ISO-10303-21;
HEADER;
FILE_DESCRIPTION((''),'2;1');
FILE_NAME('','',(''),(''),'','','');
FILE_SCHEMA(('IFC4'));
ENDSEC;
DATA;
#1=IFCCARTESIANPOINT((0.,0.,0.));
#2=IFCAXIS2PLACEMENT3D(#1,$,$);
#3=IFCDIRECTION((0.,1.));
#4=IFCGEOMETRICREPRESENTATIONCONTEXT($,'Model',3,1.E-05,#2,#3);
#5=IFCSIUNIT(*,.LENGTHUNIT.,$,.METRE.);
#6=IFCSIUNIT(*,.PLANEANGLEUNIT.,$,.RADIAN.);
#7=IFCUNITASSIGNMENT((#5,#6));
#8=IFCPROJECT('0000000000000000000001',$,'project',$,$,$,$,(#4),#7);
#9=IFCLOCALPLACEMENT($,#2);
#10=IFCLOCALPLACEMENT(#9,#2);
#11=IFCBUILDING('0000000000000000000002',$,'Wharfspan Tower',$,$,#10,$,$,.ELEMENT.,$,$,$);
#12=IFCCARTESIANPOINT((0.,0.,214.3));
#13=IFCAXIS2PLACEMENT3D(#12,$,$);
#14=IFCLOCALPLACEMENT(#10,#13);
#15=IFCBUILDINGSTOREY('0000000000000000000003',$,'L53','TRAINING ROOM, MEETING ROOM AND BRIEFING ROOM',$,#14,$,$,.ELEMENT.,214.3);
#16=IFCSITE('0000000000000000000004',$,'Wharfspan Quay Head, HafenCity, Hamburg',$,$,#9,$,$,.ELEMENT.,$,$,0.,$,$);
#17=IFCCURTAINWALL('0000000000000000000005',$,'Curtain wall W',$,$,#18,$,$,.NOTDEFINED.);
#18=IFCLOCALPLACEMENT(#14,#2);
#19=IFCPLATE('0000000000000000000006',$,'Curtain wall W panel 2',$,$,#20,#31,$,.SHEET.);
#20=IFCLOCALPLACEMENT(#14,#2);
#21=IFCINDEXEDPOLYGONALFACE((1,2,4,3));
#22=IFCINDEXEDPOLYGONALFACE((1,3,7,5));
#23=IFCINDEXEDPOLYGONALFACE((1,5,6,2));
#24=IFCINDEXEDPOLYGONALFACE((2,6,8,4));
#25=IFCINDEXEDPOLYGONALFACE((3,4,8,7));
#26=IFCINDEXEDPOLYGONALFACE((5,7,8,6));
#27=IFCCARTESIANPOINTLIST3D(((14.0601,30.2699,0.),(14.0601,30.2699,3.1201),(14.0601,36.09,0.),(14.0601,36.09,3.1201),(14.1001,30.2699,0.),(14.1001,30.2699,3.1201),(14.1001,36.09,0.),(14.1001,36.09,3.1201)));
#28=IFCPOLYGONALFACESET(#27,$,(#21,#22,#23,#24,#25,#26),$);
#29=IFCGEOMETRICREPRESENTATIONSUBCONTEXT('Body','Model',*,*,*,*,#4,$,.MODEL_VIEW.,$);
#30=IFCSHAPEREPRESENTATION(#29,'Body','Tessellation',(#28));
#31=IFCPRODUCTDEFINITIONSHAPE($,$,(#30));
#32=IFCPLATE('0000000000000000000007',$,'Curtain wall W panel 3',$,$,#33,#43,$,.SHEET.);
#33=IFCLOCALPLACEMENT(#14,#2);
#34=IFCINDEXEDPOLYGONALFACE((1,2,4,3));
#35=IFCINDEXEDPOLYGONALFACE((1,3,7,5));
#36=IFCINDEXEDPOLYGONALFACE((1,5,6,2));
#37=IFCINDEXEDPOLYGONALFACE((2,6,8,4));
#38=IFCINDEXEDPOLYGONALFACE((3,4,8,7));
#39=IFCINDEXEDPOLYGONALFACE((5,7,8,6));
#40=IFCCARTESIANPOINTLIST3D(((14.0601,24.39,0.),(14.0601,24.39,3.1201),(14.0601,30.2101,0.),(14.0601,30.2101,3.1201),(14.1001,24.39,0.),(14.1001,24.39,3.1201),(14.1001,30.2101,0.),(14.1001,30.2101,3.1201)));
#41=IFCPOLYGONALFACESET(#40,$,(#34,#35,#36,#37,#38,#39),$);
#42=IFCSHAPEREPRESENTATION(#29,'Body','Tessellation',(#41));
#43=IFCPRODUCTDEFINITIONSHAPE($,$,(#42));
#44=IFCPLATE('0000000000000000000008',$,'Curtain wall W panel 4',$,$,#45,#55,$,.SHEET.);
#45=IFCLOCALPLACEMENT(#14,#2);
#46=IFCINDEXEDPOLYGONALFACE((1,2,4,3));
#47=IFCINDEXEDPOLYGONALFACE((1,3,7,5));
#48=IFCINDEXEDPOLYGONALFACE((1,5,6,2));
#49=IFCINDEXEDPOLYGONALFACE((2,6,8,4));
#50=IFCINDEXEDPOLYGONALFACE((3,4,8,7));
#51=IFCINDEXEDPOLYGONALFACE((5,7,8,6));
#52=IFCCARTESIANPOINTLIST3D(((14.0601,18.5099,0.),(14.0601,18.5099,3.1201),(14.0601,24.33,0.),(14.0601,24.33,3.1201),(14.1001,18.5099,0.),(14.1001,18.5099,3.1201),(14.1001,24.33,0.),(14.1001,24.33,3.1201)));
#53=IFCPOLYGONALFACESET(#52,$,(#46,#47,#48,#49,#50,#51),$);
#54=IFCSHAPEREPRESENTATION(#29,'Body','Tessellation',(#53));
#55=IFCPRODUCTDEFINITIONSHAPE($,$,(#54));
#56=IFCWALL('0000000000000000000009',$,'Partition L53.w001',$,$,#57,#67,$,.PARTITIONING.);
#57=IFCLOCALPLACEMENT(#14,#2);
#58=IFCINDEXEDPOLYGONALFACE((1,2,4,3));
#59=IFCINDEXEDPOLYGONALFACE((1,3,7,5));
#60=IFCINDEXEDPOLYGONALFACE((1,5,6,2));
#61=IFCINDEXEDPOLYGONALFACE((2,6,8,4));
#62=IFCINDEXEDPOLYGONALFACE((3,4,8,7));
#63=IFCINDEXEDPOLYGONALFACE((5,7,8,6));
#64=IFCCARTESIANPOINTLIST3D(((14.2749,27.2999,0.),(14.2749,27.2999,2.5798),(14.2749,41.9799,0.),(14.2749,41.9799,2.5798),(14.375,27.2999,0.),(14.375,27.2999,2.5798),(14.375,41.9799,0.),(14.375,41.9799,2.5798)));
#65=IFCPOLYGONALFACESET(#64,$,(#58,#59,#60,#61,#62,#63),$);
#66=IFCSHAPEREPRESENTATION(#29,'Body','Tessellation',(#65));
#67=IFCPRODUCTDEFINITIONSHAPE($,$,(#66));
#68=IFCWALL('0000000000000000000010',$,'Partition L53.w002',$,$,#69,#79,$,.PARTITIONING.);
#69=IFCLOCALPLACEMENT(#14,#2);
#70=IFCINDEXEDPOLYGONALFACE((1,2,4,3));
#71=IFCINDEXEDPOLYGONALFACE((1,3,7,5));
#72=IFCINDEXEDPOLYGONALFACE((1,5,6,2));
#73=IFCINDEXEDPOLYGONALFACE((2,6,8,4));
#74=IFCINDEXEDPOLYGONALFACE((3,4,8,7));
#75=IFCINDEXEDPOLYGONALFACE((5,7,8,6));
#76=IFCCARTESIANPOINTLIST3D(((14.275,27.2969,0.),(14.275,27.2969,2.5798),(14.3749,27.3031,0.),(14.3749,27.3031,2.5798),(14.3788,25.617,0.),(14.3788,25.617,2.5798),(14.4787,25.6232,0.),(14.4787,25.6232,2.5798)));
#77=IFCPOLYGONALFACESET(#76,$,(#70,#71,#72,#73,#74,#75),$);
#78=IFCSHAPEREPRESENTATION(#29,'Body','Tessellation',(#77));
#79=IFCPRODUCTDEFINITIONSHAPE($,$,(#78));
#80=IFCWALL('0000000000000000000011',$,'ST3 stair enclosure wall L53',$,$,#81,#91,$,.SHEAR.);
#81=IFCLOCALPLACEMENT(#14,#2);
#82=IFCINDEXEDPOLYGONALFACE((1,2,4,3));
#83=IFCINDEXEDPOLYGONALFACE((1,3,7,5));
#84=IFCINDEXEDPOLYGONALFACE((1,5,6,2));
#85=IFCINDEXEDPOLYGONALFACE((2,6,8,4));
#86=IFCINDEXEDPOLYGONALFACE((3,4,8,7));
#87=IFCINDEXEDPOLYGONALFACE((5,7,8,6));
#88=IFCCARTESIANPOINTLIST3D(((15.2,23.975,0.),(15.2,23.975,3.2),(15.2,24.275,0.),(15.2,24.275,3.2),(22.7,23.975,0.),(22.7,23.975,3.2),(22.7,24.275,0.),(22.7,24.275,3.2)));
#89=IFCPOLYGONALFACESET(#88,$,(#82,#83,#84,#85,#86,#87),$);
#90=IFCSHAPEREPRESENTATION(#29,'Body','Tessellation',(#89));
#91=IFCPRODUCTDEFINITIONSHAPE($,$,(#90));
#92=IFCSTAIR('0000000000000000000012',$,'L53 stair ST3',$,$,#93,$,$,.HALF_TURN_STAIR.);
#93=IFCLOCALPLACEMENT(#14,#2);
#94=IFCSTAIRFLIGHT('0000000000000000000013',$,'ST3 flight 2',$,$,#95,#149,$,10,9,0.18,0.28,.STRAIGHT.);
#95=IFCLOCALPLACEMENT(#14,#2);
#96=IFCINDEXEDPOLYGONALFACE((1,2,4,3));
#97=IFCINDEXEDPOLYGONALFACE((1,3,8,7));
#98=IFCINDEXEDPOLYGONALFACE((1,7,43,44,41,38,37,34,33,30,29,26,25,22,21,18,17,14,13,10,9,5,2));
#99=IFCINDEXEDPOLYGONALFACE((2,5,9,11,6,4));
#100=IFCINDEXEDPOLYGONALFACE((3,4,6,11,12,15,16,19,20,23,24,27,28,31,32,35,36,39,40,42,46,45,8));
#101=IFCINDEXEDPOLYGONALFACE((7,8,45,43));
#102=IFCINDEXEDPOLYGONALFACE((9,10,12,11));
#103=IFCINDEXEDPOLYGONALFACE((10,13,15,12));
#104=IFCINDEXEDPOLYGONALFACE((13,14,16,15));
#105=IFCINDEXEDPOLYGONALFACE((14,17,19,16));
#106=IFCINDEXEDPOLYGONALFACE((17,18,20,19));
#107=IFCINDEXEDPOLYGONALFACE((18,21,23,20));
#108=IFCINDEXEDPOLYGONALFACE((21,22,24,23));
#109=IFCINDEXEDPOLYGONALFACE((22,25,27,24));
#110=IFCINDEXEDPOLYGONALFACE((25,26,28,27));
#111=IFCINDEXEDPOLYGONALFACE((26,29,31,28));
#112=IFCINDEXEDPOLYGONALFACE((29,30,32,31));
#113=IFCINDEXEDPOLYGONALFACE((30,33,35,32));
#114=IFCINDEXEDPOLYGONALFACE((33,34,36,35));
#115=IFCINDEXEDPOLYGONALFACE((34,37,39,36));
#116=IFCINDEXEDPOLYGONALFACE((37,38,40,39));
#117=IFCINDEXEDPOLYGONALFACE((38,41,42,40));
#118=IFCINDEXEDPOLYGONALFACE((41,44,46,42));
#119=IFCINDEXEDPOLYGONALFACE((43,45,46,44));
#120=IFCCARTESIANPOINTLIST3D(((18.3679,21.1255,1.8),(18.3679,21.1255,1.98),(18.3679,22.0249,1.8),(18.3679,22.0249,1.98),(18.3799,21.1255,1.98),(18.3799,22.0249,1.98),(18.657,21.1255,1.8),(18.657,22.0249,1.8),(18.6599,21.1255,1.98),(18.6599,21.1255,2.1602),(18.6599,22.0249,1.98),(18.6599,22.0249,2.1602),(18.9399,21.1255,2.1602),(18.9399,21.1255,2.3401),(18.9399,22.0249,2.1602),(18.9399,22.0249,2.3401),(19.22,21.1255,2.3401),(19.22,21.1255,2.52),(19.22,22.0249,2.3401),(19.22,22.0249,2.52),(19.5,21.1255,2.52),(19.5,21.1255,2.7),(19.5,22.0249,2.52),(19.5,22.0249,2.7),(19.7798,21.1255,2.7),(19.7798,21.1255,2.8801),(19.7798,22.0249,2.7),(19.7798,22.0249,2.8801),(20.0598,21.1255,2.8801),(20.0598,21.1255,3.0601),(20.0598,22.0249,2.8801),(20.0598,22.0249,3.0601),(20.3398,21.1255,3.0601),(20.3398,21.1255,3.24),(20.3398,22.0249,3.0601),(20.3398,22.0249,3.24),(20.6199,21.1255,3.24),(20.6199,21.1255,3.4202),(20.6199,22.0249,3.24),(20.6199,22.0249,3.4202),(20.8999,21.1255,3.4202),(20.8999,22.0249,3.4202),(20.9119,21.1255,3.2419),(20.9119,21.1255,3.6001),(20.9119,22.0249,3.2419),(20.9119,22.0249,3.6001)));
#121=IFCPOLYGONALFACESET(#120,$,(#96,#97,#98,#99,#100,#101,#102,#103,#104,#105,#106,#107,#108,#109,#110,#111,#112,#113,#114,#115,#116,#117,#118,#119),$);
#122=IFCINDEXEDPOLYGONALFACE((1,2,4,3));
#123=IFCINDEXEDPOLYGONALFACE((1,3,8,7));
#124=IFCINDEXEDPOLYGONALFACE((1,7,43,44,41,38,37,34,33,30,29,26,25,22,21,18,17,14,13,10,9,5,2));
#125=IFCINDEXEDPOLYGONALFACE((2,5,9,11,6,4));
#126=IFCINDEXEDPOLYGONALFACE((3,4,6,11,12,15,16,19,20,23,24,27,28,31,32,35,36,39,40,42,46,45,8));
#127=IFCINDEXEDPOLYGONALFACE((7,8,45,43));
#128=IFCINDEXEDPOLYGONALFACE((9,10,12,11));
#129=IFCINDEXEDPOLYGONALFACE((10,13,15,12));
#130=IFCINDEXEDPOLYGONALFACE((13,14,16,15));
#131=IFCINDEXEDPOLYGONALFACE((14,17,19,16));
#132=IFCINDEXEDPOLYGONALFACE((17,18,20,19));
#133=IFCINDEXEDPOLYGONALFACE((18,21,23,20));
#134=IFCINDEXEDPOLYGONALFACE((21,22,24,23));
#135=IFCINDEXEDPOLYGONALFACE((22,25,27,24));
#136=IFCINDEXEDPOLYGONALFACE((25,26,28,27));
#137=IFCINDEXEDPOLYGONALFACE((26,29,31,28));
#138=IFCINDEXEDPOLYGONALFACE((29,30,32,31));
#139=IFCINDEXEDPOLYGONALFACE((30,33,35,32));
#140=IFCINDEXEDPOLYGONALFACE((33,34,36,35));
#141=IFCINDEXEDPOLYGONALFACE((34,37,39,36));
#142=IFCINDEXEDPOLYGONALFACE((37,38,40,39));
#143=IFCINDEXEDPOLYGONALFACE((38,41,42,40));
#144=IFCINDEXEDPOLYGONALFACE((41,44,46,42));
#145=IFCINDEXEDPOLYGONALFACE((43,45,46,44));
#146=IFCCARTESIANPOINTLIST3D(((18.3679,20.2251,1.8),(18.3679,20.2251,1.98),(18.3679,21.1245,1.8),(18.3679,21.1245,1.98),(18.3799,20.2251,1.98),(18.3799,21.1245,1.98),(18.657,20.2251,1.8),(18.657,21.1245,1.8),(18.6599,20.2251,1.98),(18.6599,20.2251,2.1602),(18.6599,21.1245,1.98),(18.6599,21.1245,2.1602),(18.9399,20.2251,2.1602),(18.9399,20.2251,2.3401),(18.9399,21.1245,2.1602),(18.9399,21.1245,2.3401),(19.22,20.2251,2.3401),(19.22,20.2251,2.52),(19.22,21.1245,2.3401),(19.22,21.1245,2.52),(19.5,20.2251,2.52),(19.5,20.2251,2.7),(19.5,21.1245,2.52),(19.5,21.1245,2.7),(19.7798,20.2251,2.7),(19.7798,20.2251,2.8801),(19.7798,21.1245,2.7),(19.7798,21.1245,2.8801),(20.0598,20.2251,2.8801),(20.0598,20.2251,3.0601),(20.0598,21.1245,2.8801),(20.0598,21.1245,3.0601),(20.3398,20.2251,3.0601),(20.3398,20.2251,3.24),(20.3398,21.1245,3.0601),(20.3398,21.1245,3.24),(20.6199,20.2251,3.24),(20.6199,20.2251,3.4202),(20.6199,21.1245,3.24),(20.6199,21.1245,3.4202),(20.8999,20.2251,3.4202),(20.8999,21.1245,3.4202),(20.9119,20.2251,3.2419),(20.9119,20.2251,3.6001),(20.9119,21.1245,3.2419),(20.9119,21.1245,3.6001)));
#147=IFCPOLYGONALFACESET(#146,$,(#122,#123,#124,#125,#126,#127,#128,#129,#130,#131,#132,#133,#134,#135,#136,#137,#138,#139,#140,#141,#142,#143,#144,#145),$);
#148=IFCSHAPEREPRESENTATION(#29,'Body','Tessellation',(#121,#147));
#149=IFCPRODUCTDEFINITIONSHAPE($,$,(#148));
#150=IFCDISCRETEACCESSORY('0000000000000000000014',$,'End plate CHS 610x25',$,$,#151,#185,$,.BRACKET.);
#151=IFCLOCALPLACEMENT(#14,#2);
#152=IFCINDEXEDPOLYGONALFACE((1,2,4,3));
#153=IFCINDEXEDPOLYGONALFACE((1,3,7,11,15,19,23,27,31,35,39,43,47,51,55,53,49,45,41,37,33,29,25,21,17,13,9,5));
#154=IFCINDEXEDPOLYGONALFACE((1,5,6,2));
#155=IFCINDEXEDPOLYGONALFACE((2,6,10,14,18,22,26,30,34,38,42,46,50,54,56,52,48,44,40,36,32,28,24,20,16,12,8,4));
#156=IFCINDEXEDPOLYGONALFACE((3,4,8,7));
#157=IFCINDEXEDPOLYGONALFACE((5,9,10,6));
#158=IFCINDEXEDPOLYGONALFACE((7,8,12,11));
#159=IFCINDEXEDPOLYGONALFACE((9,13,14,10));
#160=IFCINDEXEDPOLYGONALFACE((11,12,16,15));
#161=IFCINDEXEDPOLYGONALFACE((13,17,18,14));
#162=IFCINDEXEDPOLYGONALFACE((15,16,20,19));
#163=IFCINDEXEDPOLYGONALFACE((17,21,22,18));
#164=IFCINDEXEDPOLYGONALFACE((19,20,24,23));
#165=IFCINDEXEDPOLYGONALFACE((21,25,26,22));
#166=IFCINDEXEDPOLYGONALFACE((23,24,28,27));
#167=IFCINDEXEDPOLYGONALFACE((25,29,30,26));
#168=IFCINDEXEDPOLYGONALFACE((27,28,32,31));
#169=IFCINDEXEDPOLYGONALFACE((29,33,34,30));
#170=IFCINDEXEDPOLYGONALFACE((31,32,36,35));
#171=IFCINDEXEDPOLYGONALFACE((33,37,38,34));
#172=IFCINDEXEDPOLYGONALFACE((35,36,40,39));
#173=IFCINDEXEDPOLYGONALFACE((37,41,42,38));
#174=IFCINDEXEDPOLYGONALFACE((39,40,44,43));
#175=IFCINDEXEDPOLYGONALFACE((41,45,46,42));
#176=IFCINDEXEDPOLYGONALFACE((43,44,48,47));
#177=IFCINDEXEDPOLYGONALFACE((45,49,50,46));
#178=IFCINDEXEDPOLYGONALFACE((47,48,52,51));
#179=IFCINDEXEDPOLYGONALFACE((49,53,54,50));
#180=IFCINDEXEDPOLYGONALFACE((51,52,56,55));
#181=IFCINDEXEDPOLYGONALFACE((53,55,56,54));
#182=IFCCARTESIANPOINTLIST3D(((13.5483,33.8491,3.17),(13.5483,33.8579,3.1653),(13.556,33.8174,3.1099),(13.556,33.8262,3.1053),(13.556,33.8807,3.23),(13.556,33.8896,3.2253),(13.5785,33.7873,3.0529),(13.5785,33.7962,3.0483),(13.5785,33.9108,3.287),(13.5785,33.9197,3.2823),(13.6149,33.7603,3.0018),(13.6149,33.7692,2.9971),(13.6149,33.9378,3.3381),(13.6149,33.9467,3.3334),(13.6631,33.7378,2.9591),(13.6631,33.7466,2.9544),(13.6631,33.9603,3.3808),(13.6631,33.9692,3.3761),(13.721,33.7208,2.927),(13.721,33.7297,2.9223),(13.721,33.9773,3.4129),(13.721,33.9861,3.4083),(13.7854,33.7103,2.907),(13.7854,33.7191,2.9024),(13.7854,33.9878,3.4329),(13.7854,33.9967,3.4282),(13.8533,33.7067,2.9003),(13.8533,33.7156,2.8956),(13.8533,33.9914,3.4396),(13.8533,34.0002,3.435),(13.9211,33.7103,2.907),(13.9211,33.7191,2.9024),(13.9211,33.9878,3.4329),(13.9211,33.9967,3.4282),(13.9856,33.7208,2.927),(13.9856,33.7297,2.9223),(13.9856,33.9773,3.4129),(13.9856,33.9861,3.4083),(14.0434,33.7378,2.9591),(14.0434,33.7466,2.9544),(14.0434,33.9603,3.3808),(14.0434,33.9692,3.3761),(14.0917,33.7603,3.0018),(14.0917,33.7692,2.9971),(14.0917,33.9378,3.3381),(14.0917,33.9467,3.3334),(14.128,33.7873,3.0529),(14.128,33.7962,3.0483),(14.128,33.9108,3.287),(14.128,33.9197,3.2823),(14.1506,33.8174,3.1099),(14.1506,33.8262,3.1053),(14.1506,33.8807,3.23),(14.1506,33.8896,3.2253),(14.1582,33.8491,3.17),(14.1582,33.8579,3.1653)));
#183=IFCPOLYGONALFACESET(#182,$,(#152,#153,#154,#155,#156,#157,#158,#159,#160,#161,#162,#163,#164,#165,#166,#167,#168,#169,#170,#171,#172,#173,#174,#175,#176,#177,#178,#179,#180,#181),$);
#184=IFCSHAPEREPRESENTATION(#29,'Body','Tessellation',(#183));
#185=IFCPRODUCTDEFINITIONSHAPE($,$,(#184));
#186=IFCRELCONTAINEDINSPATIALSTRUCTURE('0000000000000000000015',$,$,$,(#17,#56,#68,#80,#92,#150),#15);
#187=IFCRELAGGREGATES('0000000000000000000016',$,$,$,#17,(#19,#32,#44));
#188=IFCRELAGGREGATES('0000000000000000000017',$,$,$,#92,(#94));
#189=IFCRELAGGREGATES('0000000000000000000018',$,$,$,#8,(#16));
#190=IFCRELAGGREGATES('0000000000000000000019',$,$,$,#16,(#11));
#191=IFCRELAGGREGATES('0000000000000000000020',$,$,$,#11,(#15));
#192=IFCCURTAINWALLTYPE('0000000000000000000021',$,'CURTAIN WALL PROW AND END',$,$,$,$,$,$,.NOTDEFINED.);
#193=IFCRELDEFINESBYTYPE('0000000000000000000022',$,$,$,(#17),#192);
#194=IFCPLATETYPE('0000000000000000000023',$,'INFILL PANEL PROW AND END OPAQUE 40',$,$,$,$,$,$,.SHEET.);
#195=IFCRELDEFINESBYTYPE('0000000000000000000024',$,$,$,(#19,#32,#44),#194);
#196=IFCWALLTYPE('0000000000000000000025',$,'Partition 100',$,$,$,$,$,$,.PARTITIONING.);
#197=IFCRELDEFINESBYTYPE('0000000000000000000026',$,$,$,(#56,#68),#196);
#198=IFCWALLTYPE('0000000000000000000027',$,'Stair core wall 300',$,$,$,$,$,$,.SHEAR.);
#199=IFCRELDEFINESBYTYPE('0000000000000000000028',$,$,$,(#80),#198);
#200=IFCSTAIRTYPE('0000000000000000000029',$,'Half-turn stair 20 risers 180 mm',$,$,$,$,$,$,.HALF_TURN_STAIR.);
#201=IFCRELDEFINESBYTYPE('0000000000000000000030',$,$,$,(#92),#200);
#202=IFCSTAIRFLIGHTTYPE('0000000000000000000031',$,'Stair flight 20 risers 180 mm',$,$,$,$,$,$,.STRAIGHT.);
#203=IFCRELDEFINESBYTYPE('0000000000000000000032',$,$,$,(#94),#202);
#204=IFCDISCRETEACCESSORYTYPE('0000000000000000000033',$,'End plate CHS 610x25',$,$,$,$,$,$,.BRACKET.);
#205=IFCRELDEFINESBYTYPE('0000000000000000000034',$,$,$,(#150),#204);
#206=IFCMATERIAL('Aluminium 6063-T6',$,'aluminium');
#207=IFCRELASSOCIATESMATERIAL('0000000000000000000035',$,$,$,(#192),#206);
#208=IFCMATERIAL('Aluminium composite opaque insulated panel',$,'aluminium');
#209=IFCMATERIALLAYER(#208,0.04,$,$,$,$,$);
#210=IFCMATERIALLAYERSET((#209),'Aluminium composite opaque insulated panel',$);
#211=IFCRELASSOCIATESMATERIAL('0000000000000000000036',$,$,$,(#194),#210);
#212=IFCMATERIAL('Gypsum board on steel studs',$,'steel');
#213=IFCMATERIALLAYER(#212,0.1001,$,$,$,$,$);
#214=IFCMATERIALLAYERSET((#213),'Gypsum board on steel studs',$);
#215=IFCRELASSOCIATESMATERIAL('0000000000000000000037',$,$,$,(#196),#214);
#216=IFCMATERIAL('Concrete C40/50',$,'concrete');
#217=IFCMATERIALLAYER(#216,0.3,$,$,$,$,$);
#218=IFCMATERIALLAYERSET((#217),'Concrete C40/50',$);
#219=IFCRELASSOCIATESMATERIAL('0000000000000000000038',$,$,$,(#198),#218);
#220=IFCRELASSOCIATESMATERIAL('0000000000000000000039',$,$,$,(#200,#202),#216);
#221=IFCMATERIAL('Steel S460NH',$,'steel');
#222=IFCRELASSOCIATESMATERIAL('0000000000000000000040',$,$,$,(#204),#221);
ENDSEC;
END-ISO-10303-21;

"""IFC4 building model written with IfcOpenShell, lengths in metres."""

from ifc_helpers import new_model, si_unit, direction, frame, frame_2d, origin, origin_2d, place, context, subcontext, project, spatial, polyline, rectangle, circle, outline, extrude, material, layer, layer_set, material_profile, profile_set, type_object, element, aggregate, save


model = new_model("IFC4")

# Units and contexts
model_context = context("Model", 3, precision=1e-05, world=origin(), true_north=direction((0.0, 1.0)))
body_context = subcontext(model_context, "Body", "Model", "MODEL_VIEW")
ifc_project = project(units=[si_unit("LENGTHUNIT", "METRE"), si_unit("PLANEANGLEUNIT", "RADIAN")], contexts=[model_context])

# Site, building, storey
site_placement = place(None, origin())
site = spatial("IfcSite", under=ifc_project, at=site_placement, Name="Wharfspan Quay Head, HafenCity, Hamburg", CompositionType="ELEMENT", RefElevation=0.0)
building_placement = place(site_placement, origin())
building = spatial("IfcBuilding", under=site, at=building_placement, Name="Wharfspan Tower", CompositionType="ELEMENT")
storey_placement = place(building_placement, frame((0.0, 0.0, 214.3)))
storey = spatial("IfcBuildingStorey", under=building, at=storey_placement, Name="L53", Description="TRAINING ROOM, MEETING ROOM AND BRIEFING ROOM", CompositionType="ELEMENT", Elevation=214.3)

# Curtain wall
ifc_material_1 = material(Name="Aluminium 6063-T6", Category="aluminium")
curtain_wall_type = type_object("IfcCurtainWallType", Name="CURTAIN WALL PROW AND END", PredefinedType="NOTDEFINED", material=ifc_material_1)
curtain_wall_placement = place(storey_placement, origin())
curtain_wall = element("IfcCurtainWall", 1, at=curtain_wall_placement, inside=storey, type_object=curtain_wall_type, Name="Curtain wall W", PredefinedType="NOTDEFINED")

# Shared definitions
ifc_material_2 = material(Name="Steel S460NH", Category="steel")

# Plates
ifc_material_3 = material(Name="Aluminium composite opaque insulated panel", Category="aluminium")
ifc_layer_1 = layer(ifc_material_3, 0.04)
ifc_layer_set_1 = layer_set([ifc_layer_1], Name="Aluminium composite opaque insulated panel")
plate_type = type_object("IfcPlateType", Name="INFILL PANEL PROW AND END OPAQUE 40", PredefinedType="SHEET", material=ifc_layer_set_1)
plate_1_placement = place(storey_placement, frame((14.0801, 33.1799, 0.0), z_axis=(0.0, 0.0, 1.0), x_axis=(0.0, -1.0, 0.0)))
plate_1 = element("IfcPlate", 2, at=plate_1_placement, type_object=plate_type, Name="Curtain wall W panel 2", PredefinedType="SHEET", context=body_context, shape_type="SweptSolid", body=[
    extrude(rectangle(XDim=5.8201, YDim=0.04, at=origin_2d()), origin(), (0.0, 0.0, 1.0), 3.1201),
])
plate_2_placement = place(storey_placement, frame((14.0801, 27.3, 0.0), z_axis=(0.0, 0.0, 1.0), x_axis=(0.0, -1.0, 0.0)))
plate_2 = element("IfcPlate", 3, at=plate_2_placement, type_object=plate_type, Name="Curtain wall W panel 3", PredefinedType="SHEET", context=body_context, shape_type="SweptSolid", body=[
    extrude(rectangle(XDim=5.8201, YDim=0.04, at=origin_2d()), origin(), (0.0, 0.0, 1.0), 3.1201),
])
plate_3_placement = place(storey_placement, frame((14.0801, 21.4199, 0.0), z_axis=(0.0, 0.0, 1.0), x_axis=(0.0, -1.0, 0.0)))
plate_3 = element("IfcPlate", 4, at=plate_3_placement, type_object=plate_type, Name="Curtain wall W panel 4", PredefinedType="SHEET", context=body_context, shape_type="SweptSolid", body=[
    extrude(rectangle(XDim=5.8201, YDim=0.04, at=origin_2d()), origin(), (0.0, 0.0, 1.0), 3.1201),
])
aggregate(curtain_wall, [plate_1, plate_2, plate_3])

# Walls
ifc_material_4 = material(Name="Gypsum board on steel studs", Category="steel")
ifc_layer_2 = layer(ifc_material_4, 0.1001)
ifc_layer_set_2 = layer_set([ifc_layer_2], Name="Gypsum board on steel studs")
wall_type_1 = type_object("IfcWallType", Name="Partition 100", PredefinedType="PARTITIONING", material=ifc_layer_set_2)
wall_1_placement = place(storey_placement, frame((14.325, 27.3, 0.0), z_axis=(0.0, 0.0, 1.0), x_axis=(0.0, 1.0, 0.0)))
element("IfcWall", 5, at=wall_1_placement, inside=storey, type_object=wall_type_1, Name="Partition L53.w001", PredefinedType="PARTITIONING", context=body_context, shape_type="SweptSolid", body=[
    extrude(rectangle(XDim=14.6799, YDim=0.1001, at=frame_2d((7.3398, 0.0))), origin(), (0.0, 0.0, 1.0), 2.5798),
])
wall_2_placement = place(storey_placement, frame((14.4287, 25.6201, 0.0), z_axis=(0.0, 0.0, 1.0), x_axis=(-0.061647, 0.998101, 0.0)))
element("IfcWall", 6, at=wall_2_placement, inside=storey, type_object=wall_type_1, Name="Partition L53.w002", PredefinedType="PARTITIONING", context=body_context, shape_type="SweptSolid", body=[
    extrude(rectangle(XDim=1.6831, YDim=0.1001, at=frame_2d((0.8416, 0.0))), origin(), (0.0, 0.0, 1.0), 2.5798),
])
ifc_material_5 = material(Name="Concrete C40/50", Category="concrete")
ifc_layer_3 = layer(ifc_material_5, 0.3)
ifc_layer_set_3 = layer_set([ifc_layer_3], Name="Concrete C40/50")
wall_type_2 = type_object("IfcWallType", Name="Stair core wall 300", PredefinedType="SHEAR", material=ifc_layer_set_3)
wall_3_placement = place(storey_placement, frame((15.2, 24.125, 0.0), z_axis=(0.0, 0.0, 1.0), x_axis=(1.0, 0.0, 0.0)))
element("IfcWall", 7, at=wall_3_placement, inside=storey, type_object=wall_type_2, Name="ST3 stair enclosure wall L53", PredefinedType="SHEAR", context=body_context, shape_type="SweptSolid", body=[
    extrude(rectangle(XDim=7.5, YDim=0.3, at=frame_2d((3.75, 0.0))), origin(), (0.0, 0.0, 1.0), 3.2),
])

# Stair, stair flight
stair_type = type_object("IfcStairType", Name="Half-turn stair 20 risers 180 mm", PredefinedType="HALF_TURN_STAIR", material=ifc_material_5)
stair_placement = place(storey_placement, origin())
stair = element("IfcStair", 8, at=stair_placement, inside=storey, type_object=stair_type, Name="L53 stair ST3", PredefinedType="HALF_TURN_STAIR")
stair_flight_type = type_object("IfcStairFlightType", Name="Stair flight 20 risers 180 mm", PredefinedType="STRAIGHT", material=ifc_material_5)
stair_flight_placement = place(storey_placement, frame((18.3799, 21.125, 1.8), z_axis=(0.0, 0.0, 1.0), x_axis=(1.0, 0.0, 0.0)))
stair_flight = element("IfcStairFlight", 9, at=stair_flight_placement, type_object=stair_flight_type, Name="ST3 flight 2", NumberOfRisers=10, NumberOfTreads=9, PredefinedType="STRAIGHT", RiserHeight=0.18, TreadLength=0.28, context=body_context, shape_type="SweptSolid", body=[
    extrude(outline(polyline([(-0.012, 0.0), (-0.012, 0.1799), (0.0, 0.1799), (0.28, 0.1799), (0.28, 0.3601), (0.5601, 0.3601), (0.5601, 0.54), (0.8401, 0.54), (0.8401, 0.72), (1.1201, 0.72), (1.1201, 0.8999), (1.3999, 0.8999), (1.3999, 1.0801), (1.6799, 1.0801), (1.6799, 1.26), (1.96, 1.26), (1.96, 1.4399), (2.24, 1.4399), (2.24, 1.6201), (2.52, 1.6201), (2.532, 1.8), (2.532, 1.4419), (0.2771, 0.0), (-0.012, 0.0)])), frame((0.0, 0.8999, 0.0), z_axis=(0.0, -1.0, 0.0), x_axis=(1.0, 0.0, 0.0)), (0.0, 0.0, 1.0), 0.8994),
    extrude(outline(polyline([(-0.012, 0.0), (-0.012, 0.1799), (0.0, 0.1799), (0.28, 0.1799), (0.28, 0.3601), (0.5601, 0.3601), (0.5601, 0.54), (0.8401, 0.54), (0.8401, 0.72), (1.1201, 0.72), (1.1201, 0.8999), (1.3999, 0.8999), (1.3999, 1.0801), (1.6799, 1.0801), (1.6799, 1.26), (1.96, 1.26), (1.96, 1.4399), (2.24, 1.4399), (2.24, 1.6201), (2.52, 1.6201), (2.532, 1.8), (2.532, 1.4419), (0.2771, 0.0), (-0.012, 0.0)])), frame((0.0, -0.0005, 0.0), z_axis=(0.0, -1.0, 0.0), x_axis=(1.0, 0.0, 0.0)), (0.0, 0.0, 1.0), 0.8994),
])
aggregate(stair, [stair_flight])

# Discrete accessory
ifc_material_profile_1 = material_profile(ifc_material_2, circle(Radius=0.3049, at=origin_2d()))
ifc_profile_set_1 = profile_set([ifc_material_profile_1], Name="Steel S460NH")
discrete_accessory_type = type_object("IfcDiscreteAccessoryType", Name="End plate CHS 610x25", PredefinedType="BRACKET", material=ifc_profile_set_1)
for number, where, z_axis, x_axis, name in (
    (10, (13.8533, 33.8579, 3.1653), (0.0, -0.884385, 0.466759), (1.0, 0.0, 0.0), "End plate CHS 610x25"),
):
    element("IfcDiscreteAccessory", number, at=place(storey_placement, frame(where, z_axis=z_axis, x_axis=x_axis)), inside=storey, type_object=discrete_accessory_type, Name=name, PredefinedType="BRACKET", context=body_context, shape_type="SweptSolid", body=[
        extrude(circle(Radius=0.3049, at=origin_2d()), origin(), (0.0, 0.0, 1.0), 0.01),
    ])

save(model, "model.ifc")
